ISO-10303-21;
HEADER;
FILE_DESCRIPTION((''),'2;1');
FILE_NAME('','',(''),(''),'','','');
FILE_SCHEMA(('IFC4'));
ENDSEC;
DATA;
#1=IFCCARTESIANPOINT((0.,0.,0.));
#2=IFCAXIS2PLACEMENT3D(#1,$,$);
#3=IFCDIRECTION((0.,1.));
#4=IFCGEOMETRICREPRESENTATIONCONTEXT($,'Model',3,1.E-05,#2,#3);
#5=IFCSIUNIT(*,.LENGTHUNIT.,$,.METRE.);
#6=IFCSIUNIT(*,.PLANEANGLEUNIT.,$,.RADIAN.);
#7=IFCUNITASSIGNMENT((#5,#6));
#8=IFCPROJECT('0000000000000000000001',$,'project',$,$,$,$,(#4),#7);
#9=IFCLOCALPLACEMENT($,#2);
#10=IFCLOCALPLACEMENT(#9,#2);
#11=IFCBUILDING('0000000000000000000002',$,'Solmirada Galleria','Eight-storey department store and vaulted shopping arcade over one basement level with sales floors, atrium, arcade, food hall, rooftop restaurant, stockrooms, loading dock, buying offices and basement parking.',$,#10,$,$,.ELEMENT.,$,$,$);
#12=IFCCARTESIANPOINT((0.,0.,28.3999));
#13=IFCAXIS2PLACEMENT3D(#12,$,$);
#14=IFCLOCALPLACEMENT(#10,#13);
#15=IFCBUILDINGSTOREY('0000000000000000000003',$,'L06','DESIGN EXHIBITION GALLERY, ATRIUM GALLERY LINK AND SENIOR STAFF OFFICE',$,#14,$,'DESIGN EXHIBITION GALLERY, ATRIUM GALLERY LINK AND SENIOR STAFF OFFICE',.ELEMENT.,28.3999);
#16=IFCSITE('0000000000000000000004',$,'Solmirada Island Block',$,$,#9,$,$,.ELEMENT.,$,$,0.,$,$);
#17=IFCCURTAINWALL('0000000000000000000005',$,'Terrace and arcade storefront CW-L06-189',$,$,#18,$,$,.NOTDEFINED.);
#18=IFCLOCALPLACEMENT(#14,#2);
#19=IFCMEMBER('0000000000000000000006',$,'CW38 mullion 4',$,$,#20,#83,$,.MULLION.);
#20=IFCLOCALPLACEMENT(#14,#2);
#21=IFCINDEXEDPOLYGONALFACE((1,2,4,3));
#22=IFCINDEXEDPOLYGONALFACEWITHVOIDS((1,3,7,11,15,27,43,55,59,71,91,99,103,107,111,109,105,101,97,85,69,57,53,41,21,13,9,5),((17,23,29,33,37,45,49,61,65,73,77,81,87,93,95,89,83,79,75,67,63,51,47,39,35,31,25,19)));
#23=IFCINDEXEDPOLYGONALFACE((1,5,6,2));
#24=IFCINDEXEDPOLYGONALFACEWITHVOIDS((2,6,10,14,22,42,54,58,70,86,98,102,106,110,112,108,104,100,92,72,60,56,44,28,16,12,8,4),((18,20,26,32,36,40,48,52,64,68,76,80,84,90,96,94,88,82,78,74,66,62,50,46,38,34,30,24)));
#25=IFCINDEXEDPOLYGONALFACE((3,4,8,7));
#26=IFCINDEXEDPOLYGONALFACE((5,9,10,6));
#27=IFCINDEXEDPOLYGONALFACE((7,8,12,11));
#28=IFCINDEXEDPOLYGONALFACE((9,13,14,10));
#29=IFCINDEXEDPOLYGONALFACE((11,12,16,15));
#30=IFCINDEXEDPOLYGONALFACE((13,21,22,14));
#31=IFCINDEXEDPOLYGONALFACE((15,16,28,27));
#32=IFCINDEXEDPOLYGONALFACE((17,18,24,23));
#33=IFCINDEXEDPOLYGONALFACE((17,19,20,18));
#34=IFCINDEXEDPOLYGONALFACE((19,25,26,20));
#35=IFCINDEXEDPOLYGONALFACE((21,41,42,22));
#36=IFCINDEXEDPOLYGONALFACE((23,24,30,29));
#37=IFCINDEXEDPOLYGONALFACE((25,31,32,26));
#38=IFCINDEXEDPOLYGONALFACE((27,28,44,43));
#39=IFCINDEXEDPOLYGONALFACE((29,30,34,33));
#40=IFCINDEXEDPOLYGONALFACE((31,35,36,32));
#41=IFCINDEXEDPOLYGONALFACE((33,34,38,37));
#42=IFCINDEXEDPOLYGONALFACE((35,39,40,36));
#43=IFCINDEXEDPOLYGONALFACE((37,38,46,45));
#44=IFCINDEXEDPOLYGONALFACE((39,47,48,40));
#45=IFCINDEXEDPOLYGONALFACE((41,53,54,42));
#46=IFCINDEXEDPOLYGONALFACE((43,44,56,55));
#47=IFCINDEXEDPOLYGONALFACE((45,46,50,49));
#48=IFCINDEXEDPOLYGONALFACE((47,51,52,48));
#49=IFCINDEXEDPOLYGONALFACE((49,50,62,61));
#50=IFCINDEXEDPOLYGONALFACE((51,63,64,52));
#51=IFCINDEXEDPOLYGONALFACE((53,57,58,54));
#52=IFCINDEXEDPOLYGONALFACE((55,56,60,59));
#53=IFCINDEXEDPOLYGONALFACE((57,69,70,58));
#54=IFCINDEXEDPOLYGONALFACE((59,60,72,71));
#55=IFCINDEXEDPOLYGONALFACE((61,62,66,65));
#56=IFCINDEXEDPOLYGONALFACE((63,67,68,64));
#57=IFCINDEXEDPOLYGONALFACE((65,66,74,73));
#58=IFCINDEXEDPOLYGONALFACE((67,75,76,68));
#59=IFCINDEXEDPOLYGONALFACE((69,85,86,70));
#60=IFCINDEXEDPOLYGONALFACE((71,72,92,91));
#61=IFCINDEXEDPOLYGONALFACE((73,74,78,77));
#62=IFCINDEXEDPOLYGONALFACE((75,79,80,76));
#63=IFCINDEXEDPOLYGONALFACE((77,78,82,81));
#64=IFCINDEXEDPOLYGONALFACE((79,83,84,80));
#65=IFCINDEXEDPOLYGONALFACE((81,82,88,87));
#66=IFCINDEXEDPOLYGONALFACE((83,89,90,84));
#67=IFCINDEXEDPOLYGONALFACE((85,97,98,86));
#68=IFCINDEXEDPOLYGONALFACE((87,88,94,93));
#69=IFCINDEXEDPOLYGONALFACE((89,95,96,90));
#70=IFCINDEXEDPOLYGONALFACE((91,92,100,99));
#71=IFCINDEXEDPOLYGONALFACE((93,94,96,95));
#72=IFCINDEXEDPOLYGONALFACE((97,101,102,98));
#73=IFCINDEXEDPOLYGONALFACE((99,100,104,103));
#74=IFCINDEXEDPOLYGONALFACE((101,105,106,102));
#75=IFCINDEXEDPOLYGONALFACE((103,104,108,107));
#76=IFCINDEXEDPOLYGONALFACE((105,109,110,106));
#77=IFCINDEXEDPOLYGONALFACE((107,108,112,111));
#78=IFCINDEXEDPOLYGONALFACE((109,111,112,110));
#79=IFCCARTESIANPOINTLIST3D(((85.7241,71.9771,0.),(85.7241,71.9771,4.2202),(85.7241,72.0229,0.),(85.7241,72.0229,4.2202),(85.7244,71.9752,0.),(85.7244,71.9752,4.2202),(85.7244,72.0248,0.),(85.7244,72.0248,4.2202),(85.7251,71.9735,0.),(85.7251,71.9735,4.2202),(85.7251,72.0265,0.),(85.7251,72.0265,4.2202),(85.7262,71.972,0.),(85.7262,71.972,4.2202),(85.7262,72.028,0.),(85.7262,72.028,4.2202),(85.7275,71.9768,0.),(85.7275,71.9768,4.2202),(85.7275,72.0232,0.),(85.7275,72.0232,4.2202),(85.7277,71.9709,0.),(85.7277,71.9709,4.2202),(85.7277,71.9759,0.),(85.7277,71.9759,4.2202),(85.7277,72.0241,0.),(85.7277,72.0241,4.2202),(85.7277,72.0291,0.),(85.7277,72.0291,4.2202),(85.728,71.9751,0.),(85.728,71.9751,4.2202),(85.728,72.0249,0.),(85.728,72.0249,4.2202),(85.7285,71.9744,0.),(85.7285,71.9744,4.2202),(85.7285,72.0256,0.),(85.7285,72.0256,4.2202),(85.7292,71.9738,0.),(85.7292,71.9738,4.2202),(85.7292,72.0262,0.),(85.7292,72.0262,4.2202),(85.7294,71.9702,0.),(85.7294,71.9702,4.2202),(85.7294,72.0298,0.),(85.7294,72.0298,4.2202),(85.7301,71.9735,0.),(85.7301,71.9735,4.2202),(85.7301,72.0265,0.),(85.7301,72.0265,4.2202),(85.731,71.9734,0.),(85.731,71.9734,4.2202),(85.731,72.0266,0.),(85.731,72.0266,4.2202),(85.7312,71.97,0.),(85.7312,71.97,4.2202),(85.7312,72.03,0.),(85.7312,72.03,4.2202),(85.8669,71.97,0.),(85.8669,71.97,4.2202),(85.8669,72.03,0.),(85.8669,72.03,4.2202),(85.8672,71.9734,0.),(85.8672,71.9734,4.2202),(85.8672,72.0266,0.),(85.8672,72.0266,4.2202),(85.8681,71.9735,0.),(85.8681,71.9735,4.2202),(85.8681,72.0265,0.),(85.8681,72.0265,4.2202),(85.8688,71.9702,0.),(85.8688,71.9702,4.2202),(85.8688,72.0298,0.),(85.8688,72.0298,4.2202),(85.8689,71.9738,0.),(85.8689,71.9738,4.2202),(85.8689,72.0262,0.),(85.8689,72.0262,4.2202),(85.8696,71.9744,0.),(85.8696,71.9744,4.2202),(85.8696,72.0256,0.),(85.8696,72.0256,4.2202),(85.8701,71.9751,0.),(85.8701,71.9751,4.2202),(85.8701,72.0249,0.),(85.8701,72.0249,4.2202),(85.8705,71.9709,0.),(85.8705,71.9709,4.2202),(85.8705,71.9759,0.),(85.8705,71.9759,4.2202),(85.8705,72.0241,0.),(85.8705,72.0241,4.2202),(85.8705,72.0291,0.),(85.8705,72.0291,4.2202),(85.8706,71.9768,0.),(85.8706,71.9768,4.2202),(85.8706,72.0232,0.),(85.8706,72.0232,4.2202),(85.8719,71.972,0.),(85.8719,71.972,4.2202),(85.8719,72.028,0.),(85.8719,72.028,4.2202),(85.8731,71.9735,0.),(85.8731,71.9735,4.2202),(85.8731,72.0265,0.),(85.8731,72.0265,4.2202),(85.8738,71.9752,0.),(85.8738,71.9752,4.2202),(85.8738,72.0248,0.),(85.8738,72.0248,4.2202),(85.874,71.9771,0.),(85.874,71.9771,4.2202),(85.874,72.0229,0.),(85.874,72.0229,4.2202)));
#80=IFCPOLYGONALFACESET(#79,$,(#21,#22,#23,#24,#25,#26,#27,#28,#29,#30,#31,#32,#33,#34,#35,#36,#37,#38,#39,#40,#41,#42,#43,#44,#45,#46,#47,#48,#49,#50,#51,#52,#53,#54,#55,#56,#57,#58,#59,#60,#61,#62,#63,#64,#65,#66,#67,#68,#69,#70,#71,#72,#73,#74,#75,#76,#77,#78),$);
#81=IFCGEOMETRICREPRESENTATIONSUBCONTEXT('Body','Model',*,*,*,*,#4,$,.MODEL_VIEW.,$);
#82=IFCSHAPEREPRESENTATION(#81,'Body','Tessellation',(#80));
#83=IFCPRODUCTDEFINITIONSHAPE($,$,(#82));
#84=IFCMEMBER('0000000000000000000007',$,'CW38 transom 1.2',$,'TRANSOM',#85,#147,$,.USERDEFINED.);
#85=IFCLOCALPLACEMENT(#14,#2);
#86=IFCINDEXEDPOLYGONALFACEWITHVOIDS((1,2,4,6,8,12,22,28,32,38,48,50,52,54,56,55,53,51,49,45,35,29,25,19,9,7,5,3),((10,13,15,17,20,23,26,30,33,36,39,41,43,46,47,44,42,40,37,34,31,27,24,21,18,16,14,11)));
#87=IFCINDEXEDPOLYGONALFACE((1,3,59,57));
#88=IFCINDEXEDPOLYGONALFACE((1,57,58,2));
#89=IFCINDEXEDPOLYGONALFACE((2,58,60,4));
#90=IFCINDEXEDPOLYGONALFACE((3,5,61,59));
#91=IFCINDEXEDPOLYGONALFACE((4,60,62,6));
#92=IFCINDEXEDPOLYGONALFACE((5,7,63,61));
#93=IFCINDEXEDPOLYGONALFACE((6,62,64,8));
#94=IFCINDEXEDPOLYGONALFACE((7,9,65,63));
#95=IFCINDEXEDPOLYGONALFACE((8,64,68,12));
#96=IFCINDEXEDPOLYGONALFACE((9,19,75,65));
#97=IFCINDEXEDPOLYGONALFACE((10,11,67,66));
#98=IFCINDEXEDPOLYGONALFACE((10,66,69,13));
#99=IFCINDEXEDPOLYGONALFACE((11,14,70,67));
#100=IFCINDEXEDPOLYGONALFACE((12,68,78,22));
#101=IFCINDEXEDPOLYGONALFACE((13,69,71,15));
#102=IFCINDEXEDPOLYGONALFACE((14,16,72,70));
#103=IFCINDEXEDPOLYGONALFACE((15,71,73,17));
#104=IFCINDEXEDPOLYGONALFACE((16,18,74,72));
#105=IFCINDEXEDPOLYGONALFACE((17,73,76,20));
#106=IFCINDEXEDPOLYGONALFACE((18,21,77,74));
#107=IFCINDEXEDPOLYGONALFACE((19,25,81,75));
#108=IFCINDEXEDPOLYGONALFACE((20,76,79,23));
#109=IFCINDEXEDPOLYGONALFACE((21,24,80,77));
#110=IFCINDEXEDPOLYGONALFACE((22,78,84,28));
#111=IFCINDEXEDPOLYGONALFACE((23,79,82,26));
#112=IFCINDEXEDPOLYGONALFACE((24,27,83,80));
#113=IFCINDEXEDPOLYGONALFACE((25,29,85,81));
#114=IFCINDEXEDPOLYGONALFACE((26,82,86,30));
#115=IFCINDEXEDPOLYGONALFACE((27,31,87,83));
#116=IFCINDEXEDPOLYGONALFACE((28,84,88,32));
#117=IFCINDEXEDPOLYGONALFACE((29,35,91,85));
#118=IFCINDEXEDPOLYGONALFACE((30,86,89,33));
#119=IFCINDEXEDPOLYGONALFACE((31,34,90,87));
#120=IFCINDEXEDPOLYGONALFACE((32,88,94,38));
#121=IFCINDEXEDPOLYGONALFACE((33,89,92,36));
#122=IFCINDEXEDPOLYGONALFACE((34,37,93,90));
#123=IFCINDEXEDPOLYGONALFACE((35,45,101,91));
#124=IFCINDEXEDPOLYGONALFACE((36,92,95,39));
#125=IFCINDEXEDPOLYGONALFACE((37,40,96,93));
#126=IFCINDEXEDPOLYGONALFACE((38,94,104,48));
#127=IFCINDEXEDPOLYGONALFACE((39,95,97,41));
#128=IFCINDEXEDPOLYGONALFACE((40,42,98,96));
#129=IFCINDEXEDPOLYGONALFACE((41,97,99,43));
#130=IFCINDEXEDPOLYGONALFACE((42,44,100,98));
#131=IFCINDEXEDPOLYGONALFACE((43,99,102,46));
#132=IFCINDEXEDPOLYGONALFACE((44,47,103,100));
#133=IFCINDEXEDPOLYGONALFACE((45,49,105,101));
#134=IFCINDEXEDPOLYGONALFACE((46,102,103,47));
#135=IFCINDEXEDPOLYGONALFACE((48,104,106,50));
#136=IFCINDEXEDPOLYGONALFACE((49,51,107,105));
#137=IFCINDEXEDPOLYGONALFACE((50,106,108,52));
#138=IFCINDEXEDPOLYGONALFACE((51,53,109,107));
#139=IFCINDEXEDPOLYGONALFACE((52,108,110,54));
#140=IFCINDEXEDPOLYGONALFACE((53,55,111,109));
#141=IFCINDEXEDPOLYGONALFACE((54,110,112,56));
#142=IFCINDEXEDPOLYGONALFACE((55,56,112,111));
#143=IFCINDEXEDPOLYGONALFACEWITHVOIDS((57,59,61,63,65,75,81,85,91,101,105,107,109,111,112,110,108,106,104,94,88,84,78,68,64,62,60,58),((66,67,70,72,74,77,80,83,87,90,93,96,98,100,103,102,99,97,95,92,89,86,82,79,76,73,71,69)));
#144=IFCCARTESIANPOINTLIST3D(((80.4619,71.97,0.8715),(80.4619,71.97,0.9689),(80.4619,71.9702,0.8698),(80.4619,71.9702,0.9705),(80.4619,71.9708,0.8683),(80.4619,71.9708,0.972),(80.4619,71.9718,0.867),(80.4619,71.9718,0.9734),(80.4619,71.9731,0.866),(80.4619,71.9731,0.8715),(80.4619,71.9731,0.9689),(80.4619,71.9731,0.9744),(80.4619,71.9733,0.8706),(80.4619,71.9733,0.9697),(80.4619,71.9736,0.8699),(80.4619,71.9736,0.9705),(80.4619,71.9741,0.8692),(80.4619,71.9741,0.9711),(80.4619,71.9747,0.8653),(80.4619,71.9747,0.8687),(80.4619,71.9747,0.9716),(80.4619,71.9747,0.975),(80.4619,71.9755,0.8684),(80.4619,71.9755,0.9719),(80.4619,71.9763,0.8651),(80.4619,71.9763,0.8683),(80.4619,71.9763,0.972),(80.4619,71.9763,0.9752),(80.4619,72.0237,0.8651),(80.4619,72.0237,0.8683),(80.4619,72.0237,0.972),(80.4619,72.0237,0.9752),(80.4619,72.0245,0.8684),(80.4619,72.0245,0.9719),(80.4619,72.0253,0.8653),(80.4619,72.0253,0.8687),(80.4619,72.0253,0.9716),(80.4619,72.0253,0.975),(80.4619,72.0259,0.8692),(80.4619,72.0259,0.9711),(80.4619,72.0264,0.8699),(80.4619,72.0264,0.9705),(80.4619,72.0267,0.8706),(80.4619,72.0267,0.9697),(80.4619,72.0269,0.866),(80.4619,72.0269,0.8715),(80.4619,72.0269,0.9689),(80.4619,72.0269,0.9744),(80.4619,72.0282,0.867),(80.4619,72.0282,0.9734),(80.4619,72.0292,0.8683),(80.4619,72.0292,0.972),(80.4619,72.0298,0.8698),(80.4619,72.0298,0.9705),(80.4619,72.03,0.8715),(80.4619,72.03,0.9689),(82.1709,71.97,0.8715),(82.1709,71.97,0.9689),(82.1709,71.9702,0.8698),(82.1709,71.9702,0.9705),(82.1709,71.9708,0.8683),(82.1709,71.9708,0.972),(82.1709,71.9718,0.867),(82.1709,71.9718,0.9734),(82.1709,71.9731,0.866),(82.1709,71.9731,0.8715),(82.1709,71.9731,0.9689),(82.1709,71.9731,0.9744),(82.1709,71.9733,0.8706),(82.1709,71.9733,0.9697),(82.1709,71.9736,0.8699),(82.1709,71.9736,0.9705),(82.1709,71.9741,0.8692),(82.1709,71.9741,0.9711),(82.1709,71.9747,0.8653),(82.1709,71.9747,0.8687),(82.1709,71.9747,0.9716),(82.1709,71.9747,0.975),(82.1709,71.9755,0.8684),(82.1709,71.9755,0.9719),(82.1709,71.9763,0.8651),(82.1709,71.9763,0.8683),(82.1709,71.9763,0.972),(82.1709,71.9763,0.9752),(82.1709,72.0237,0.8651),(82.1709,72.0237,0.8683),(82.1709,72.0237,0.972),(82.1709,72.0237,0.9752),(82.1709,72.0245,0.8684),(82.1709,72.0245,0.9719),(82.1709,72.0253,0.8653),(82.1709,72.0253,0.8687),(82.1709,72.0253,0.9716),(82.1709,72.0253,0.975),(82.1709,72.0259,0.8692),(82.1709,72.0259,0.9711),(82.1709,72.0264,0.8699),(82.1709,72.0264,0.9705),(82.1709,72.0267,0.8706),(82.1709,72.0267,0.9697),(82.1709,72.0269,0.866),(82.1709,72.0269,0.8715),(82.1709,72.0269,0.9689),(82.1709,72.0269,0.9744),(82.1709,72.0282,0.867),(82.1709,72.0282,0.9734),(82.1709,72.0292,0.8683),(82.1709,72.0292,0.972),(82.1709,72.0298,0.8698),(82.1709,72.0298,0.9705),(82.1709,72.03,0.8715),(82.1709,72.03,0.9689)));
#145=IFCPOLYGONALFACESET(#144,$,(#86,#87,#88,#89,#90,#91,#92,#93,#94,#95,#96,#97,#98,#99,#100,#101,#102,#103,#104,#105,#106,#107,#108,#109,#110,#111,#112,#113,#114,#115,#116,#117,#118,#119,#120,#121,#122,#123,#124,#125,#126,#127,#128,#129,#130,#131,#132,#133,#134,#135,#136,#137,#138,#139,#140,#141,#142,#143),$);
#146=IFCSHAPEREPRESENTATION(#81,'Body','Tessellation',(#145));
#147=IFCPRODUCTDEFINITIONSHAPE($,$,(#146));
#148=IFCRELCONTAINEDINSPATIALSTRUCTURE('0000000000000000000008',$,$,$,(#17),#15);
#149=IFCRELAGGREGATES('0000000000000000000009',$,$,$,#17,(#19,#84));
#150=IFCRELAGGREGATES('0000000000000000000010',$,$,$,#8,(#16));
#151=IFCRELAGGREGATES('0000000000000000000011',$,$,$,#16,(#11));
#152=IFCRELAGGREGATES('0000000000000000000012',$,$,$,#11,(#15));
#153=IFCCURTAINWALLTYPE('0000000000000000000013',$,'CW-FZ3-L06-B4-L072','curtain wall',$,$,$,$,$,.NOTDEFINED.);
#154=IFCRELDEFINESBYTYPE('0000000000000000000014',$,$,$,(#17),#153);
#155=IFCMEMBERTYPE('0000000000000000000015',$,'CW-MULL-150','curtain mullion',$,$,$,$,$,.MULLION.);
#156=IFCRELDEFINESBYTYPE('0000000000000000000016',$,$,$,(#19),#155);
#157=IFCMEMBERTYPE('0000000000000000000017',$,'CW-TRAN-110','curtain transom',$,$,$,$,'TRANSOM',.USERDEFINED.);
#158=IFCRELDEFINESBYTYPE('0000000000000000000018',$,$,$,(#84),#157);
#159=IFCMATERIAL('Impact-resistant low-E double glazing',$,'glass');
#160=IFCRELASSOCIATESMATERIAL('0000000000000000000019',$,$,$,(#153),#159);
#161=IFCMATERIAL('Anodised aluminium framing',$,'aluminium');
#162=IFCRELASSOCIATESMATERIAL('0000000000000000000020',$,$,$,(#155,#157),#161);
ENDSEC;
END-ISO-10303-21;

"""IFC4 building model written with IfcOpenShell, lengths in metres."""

from ifc_helpers import new_model, si_unit, direction, frame, origin, origin_2d, place, context, subcontext, project, spatial, hollow_rectangle, extrude, material, material_profile, profile_set, type_object, element, aggregate, save


model = new_model("IFC4")

# Units and contexts
model_context = context("Model", 3, precision=1e-05, world=origin(), true_north=direction((0.0, 1.0)))
body_context = subcontext(model_context, "Body", "Model", "MODEL_VIEW")
ifc_project = project(units=[si_unit("LENGTHUNIT", "METRE"), si_unit("PLANEANGLEUNIT", "RADIAN")], contexts=[model_context])

# Site, building, storey
site_placement = place(None, origin())
site = spatial("IfcSite", under=ifc_project, at=site_placement, Name="Solmirada Island Block", CompositionType="ELEMENT", RefElevation=0.0)
building_placement = place(site_placement, origin())
building = spatial("IfcBuilding", under=site, at=building_placement, Name="Solmirada Galleria", Description="Eight-storey department store and vaulted shopping arcade over one basement level with sales floors, atrium, arcade, food hall, rooftop restaurant, stockrooms, loading dock, buying offices and basement parking.", CompositionType="ELEMENT")
storey_placement = place(building_placement, frame((0.0, 0.0, 28.3999)))
storey = spatial("IfcBuildingStorey", under=building, at=storey_placement, Name="L06", Description="DESIGN EXHIBITION GALLERY, ATRIUM GALLERY LINK AND SENIOR STAFF OFFICE", LongName="DESIGN EXHIBITION GALLERY, ATRIUM GALLERY LINK AND SENIOR STAFF OFFICE", CompositionType="ELEMENT", Elevation=28.3999)

# Curtain wall, members
ifc_material_1 = material(Name="Impact-resistant low-E double glazing", Category="glass")
curtain_wall_type = type_object("IfcCurtainWallType", Name="CW-FZ3-L06-B4-L072", Description="curtain wall", PredefinedType="NOTDEFINED", material=ifc_material_1)
curtain_wall_placement = place(storey_placement, origin())
curtain_wall = element("IfcCurtainWall", 1, at=curtain_wall_placement, inside=storey, type_object=curtain_wall_type, Name="Terrace and arcade storefront CW-L06-189", PredefinedType="NOTDEFINED")
ifc_material_2 = material(Name="Anodised aluminium framing", Category="aluminium")
ifc_material_profile_1 = material_profile(ifc_material_2, hollow_rectangle(XDim=0.0601, YDim=0.1499, WallThickness=0.0034, InnerFilletRadius=0.0034, OuterFilletRadius=0.0071, at=origin_2d()), Name="ALU-MULL-150X60")
ifc_profile_set_1 = profile_set([ifc_material_profile_1], Name="Anodised aluminium framing")
member_type_1 = type_object("IfcMemberType", Name="CW-MULL-150", Description="curtain mullion", PredefinedType="MULLION", material=ifc_profile_set_1)
member_1_placement = place(storey_placement, frame((85.7991, 72.0, 0.0), z_axis=(0.0, 0.0, 1.0), x_axis=(0.0, 1.0, 0.0)))
member_1 = element("IfcMember", 2, at=member_1_placement, type_object=member_type_1, Name="CW38 mullion 4", PredefinedType="MULLION", context=body_context, shape_type="SweptSolid", body=[
    extrude(hollow_rectangle(XDim=0.0601, YDim=0.1499, WallThickness=0.0034, InnerFilletRadius=0.0034, OuterFilletRadius=0.0071, at=origin_2d()), origin(), (0.0, 0.0, 1.0), 4.2202),
])
ifc_material_profile_2 = material_profile(ifc_material_2, hollow_rectangle(XDim=0.0601, YDim=0.1101, WallThickness=0.0032, InnerFilletRadius=0.0032, OuterFilletRadius=0.0063, at=origin_2d()), Name="ALU-TRAN-110X60")
ifc_profile_set_2 = profile_set([ifc_material_profile_2], Name="Anodised aluminium framing")
member_type_2 = type_object("IfcMemberType", Name="CW-TRAN-110", Description="curtain transom", ElementType="TRANSOM", PredefinedType="USERDEFINED", material=ifc_profile_set_2)
member_2_placement = place(storey_placement, frame((80.4619, 72.0, 0.9202), z_axis=(1.0, 0.0, 0.0), x_axis=(0.0, 1.0, 0.0)))
member_2 = element("IfcMember", 3, at=member_2_placement, type_object=member_type_2, Name="CW38 transom 1.2", ObjectType="TRANSOM", PredefinedType="USERDEFINED", context=body_context, shape_type="SweptSolid", body=[
    extrude(hollow_rectangle(XDim=0.0601, YDim=0.1101, WallThickness=0.0032, InnerFilletRadius=0.0032, OuterFilletRadius=0.0063, at=origin_2d()), origin(), (0.0, 0.0, 1.0), 1.709),
])
aggregate(curtain_wall, [member_1, member_2])

save(model, "model.ifc")
